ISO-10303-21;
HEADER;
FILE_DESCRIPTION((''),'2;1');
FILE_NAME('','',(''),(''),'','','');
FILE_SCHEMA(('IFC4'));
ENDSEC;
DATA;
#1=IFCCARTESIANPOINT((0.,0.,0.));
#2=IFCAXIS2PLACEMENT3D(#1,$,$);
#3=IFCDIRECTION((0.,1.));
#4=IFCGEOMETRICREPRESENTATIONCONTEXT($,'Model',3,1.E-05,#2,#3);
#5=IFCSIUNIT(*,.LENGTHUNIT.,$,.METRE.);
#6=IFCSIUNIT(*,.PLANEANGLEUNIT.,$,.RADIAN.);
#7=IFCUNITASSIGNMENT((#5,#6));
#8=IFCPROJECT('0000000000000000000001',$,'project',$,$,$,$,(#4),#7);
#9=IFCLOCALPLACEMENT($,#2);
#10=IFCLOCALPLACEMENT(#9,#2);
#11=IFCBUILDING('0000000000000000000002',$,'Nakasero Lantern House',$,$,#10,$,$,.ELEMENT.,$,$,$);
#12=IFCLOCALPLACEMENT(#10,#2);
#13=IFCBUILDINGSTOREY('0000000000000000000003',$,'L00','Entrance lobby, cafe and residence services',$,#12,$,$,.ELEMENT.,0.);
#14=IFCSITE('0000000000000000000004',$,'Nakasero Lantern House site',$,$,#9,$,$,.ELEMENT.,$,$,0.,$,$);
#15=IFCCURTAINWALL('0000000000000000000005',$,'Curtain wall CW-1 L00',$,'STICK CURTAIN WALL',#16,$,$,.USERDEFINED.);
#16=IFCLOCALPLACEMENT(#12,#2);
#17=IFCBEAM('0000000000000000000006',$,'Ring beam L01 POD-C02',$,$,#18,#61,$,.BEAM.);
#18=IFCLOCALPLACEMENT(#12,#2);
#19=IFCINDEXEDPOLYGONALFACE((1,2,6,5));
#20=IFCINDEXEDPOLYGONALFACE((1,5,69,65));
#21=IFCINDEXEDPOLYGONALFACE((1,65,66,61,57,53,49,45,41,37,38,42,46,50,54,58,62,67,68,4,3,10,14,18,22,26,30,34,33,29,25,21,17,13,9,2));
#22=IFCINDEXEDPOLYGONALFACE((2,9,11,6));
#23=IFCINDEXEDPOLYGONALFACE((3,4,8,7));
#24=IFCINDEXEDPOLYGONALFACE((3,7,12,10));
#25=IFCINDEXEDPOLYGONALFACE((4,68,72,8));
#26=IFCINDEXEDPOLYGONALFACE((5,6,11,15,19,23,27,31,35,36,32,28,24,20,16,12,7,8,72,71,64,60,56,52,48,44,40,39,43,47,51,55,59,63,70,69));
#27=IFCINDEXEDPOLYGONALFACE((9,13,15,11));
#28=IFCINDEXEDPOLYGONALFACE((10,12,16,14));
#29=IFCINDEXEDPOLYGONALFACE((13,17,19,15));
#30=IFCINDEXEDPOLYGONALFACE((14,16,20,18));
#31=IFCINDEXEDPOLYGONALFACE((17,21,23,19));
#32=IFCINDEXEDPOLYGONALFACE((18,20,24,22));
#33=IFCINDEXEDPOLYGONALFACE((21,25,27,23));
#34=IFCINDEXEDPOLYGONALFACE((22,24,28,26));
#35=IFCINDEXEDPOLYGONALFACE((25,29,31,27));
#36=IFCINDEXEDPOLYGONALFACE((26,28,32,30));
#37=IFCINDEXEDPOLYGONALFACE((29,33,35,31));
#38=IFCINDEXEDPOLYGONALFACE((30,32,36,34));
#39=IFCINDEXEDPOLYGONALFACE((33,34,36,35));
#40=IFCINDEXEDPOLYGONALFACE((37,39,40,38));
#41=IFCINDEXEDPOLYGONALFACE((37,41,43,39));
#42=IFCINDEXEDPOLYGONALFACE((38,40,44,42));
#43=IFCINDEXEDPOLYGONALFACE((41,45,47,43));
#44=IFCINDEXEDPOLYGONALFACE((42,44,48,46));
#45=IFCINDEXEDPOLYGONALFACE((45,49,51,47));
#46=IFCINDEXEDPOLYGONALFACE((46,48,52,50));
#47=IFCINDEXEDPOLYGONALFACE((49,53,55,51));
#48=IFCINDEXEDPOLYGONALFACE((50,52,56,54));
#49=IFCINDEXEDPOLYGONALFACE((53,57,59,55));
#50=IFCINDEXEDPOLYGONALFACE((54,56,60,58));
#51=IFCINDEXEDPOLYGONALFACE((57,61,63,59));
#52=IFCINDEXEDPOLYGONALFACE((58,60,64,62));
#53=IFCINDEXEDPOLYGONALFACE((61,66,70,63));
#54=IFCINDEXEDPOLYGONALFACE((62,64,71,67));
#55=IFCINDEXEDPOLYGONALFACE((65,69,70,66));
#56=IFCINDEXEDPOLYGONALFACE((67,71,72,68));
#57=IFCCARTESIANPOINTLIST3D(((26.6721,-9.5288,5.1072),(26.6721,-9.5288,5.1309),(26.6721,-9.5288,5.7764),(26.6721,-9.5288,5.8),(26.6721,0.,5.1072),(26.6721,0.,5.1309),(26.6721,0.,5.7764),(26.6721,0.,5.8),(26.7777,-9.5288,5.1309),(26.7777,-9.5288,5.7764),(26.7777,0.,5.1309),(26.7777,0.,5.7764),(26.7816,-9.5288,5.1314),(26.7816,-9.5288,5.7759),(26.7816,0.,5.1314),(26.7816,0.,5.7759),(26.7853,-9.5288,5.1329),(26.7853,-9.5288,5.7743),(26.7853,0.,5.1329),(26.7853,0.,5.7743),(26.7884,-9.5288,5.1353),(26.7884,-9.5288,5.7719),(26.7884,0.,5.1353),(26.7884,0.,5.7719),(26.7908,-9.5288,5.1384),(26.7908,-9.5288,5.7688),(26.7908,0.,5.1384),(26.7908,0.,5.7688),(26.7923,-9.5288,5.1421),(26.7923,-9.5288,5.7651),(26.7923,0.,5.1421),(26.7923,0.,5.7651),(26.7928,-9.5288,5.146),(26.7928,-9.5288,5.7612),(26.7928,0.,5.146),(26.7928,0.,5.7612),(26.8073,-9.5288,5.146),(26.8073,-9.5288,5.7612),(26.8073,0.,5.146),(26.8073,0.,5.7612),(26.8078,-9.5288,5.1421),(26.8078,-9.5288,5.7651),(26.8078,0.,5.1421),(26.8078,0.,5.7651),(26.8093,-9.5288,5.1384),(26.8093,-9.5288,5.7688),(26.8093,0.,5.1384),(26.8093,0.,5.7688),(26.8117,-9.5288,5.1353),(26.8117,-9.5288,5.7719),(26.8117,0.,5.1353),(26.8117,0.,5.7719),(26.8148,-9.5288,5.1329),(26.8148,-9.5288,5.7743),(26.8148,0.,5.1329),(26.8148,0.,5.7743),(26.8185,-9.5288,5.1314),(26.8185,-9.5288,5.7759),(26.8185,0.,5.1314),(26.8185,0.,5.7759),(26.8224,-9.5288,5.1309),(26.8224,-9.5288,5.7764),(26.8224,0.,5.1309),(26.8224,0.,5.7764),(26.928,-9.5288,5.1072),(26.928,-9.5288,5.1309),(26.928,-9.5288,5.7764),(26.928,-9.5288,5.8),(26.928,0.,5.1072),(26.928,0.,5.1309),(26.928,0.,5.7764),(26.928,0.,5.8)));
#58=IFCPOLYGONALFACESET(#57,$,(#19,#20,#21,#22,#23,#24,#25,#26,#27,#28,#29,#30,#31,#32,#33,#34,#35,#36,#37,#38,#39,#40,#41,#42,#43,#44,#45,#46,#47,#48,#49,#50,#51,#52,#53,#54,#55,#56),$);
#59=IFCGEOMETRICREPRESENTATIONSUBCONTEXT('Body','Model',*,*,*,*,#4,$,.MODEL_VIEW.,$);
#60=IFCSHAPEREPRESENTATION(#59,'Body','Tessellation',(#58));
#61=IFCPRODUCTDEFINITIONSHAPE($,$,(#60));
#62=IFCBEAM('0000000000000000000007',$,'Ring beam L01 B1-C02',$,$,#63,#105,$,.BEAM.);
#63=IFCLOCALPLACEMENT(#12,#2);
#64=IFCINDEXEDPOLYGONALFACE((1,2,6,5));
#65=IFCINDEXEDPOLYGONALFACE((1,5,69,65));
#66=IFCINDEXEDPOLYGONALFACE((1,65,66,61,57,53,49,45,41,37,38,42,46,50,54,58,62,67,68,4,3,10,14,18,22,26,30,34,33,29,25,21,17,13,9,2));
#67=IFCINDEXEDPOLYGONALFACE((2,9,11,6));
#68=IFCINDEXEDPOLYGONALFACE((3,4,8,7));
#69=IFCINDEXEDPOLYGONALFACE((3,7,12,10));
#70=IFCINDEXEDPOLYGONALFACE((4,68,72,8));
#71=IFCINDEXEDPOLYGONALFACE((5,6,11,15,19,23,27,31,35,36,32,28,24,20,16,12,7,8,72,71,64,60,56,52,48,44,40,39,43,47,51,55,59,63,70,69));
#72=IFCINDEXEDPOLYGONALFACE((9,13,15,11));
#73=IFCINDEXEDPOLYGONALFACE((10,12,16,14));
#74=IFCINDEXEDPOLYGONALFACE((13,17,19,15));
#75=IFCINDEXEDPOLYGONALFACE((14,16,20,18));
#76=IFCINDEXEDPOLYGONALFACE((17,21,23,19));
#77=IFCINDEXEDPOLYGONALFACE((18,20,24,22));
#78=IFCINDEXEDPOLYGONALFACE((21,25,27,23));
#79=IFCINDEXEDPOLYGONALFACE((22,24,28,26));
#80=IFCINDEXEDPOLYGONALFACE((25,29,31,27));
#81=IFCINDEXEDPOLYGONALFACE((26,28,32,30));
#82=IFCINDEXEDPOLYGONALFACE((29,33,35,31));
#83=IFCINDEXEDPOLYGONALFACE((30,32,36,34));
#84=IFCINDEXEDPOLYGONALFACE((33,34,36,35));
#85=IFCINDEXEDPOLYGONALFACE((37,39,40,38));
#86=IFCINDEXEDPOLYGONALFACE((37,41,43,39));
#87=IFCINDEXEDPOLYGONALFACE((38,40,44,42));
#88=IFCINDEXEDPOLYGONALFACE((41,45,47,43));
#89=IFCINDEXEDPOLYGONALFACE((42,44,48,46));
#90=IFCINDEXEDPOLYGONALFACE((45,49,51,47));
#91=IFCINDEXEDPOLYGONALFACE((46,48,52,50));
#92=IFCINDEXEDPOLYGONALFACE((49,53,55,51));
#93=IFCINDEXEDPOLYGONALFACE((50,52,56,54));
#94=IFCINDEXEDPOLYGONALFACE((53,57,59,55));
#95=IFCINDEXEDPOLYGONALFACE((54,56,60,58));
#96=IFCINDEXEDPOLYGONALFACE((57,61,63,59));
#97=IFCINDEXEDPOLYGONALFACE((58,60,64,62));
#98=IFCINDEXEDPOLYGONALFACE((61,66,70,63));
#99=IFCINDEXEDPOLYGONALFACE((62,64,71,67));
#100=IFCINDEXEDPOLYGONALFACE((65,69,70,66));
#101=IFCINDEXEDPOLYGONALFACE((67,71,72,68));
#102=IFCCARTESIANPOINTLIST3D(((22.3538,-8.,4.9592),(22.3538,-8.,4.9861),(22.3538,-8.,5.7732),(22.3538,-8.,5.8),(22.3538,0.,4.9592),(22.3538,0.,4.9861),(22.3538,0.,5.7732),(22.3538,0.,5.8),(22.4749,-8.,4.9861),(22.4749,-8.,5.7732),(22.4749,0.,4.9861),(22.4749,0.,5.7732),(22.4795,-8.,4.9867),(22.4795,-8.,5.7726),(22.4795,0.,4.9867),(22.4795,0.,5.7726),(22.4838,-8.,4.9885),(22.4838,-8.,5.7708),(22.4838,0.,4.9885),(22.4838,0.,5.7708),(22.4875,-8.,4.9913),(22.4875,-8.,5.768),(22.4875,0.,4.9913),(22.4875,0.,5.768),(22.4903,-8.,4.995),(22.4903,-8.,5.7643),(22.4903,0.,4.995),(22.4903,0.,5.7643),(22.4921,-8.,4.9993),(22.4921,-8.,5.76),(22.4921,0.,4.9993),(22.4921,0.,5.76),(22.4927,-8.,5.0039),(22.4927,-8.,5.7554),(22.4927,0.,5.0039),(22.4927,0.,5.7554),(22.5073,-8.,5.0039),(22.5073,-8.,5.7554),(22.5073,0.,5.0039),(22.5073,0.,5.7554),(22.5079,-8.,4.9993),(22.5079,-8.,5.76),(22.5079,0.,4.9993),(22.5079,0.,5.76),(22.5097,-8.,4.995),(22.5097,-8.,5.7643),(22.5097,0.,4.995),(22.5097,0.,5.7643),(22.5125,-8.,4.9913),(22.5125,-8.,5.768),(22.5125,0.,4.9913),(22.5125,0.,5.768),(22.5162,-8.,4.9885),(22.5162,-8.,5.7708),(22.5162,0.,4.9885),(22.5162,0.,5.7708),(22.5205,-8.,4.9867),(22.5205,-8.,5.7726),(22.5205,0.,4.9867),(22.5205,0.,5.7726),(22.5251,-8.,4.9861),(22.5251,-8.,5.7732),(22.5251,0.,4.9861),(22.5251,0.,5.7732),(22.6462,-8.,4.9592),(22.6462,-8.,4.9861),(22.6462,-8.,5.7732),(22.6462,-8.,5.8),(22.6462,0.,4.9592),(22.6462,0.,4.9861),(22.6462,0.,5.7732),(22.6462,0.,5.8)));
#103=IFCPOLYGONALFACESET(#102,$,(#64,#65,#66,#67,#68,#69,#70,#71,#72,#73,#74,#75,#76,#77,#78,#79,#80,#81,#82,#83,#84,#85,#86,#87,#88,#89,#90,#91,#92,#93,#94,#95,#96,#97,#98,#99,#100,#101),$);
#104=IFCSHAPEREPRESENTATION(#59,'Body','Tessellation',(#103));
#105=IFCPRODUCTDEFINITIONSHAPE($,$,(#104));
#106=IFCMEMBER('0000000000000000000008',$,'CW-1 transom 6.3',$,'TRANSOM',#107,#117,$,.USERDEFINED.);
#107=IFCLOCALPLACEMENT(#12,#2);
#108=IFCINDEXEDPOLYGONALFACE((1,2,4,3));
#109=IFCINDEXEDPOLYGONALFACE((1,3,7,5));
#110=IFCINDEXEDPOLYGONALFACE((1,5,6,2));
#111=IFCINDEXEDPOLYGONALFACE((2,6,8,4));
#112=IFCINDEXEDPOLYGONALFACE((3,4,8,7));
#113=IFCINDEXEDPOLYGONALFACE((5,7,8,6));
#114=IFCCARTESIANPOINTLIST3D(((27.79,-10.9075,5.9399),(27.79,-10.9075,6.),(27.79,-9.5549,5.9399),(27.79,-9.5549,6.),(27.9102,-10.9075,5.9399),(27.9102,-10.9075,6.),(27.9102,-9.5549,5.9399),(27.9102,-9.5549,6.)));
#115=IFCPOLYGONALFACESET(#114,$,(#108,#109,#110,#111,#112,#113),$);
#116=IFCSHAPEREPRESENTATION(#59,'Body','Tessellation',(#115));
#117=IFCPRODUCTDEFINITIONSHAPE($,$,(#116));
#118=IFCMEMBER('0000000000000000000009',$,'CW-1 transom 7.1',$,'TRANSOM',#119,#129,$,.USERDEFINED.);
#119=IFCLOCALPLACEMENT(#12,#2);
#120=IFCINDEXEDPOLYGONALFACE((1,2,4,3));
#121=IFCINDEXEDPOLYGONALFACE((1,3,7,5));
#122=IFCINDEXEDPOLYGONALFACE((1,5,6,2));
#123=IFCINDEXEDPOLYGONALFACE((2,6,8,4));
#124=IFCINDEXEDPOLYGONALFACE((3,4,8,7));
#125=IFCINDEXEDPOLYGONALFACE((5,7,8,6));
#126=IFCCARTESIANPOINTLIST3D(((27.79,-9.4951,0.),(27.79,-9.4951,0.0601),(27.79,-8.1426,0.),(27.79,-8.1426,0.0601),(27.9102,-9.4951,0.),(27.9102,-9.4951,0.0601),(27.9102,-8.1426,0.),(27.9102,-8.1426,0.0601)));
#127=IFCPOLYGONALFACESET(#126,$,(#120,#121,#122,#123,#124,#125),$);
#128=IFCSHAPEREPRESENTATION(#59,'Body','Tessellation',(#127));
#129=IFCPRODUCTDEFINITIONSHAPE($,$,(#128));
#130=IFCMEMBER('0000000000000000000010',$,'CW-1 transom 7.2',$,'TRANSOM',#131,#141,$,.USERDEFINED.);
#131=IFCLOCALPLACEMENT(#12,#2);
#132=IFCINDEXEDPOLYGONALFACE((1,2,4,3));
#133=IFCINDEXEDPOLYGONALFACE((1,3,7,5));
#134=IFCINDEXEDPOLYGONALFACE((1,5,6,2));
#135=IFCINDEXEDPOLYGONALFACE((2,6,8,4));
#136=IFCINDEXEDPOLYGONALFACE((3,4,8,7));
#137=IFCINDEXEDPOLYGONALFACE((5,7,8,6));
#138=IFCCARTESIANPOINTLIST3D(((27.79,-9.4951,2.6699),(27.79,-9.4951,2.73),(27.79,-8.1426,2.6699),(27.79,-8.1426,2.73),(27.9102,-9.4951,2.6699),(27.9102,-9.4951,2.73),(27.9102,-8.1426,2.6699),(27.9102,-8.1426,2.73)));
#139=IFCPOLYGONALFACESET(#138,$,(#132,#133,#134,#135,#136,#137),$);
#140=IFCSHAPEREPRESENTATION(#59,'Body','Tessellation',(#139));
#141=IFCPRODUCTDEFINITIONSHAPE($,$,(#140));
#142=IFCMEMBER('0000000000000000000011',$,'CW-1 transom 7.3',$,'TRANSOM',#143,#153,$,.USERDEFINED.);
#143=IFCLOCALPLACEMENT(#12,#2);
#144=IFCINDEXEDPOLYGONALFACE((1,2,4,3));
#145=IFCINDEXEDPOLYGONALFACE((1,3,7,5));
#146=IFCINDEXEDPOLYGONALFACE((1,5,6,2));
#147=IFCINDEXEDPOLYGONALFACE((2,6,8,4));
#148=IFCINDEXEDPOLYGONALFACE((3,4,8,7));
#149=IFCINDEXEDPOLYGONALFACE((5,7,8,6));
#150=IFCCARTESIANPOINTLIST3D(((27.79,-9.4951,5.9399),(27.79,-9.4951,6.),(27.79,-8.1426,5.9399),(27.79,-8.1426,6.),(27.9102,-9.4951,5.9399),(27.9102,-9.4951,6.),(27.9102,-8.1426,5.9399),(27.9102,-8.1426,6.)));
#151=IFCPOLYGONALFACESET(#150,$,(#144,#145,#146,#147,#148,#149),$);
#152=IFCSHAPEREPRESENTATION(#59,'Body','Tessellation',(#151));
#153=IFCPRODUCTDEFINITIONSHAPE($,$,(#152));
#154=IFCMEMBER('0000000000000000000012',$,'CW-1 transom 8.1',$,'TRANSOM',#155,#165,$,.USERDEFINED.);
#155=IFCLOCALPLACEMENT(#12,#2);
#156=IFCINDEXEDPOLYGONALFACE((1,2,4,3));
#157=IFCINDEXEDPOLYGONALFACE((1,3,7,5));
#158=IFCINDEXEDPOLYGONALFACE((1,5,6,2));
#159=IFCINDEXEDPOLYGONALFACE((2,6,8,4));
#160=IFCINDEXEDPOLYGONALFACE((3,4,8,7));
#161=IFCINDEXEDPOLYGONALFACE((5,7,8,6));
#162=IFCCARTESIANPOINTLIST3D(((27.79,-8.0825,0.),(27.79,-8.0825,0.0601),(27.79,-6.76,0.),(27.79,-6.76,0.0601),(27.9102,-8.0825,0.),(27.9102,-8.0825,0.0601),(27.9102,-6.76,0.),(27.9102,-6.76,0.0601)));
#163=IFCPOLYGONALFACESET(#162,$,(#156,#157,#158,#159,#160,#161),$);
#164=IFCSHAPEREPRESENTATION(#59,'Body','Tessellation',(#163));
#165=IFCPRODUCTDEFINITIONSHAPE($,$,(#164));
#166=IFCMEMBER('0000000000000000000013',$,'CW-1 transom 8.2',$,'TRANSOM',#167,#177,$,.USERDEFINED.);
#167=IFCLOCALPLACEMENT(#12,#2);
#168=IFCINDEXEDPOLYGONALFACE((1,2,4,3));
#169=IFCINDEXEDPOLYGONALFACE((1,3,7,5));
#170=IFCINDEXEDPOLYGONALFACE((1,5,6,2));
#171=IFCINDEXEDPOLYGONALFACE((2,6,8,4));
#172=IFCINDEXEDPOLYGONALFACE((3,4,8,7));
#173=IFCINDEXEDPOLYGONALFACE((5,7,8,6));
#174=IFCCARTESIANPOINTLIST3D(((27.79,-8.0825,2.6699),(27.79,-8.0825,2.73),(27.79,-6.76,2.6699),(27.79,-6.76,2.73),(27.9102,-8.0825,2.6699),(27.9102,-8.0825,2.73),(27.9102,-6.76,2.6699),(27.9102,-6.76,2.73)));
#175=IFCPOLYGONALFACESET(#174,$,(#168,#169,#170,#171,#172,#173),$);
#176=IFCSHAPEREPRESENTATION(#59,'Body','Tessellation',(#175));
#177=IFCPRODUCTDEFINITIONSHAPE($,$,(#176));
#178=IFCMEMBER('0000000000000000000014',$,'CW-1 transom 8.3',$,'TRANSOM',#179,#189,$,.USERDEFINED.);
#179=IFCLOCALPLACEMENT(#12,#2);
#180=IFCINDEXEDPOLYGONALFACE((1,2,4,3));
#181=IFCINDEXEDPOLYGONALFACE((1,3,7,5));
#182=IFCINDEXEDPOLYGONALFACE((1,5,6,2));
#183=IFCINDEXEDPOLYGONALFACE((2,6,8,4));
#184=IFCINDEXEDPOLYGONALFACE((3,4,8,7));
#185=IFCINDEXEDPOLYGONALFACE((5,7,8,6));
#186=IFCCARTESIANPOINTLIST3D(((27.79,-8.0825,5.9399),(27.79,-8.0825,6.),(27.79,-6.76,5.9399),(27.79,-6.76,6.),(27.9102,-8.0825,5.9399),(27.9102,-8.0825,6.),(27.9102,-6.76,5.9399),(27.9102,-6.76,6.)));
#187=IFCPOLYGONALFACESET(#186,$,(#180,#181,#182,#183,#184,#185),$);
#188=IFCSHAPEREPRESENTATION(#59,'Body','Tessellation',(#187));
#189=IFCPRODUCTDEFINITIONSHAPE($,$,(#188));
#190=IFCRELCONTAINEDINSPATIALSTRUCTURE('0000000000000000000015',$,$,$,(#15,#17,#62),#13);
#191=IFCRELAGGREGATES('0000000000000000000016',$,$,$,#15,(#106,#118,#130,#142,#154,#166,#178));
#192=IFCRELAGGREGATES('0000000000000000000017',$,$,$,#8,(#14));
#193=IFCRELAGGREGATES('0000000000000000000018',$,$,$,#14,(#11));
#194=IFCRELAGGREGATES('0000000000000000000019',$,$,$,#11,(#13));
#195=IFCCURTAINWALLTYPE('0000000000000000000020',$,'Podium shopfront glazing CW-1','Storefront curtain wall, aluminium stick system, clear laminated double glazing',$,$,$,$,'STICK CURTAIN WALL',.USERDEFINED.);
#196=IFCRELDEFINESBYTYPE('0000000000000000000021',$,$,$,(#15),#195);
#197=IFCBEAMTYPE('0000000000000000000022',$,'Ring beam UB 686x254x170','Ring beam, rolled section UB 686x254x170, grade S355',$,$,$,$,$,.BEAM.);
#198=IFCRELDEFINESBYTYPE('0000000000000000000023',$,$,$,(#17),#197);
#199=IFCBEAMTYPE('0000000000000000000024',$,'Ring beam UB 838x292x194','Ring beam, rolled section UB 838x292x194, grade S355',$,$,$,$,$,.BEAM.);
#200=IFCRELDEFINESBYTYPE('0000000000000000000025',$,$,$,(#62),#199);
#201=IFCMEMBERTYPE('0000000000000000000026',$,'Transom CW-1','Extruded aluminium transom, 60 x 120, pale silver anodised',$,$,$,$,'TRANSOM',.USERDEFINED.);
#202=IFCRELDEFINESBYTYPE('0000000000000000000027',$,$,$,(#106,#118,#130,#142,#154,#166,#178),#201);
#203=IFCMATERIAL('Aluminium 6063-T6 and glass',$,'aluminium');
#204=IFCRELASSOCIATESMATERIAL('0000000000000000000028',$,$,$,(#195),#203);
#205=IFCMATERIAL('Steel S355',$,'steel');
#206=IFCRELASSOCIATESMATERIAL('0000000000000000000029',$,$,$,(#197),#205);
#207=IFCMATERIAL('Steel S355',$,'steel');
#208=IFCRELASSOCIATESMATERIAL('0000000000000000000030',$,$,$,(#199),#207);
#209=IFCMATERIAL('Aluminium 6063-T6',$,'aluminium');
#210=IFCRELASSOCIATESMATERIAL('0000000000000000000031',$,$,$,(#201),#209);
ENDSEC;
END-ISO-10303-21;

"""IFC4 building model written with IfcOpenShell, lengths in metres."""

from ifc_helpers import new_model, si_unit, direction, frame, origin, origin_2d, place, context, subcontext, project, spatial, rectangle, i_section, extrude, material, material_profile, profile_set, type_object, element, aggregate, save


model = new_model("IFC4")

# Units and contexts
model_context = context("Model", 3, precision=1e-05, world=origin(), true_north=direction((0.0, 1.0)))
body_context = subcontext(model_context, "Body", "Model", "MODEL_VIEW")
ifc_project = project(units=[si_unit("LENGTHUNIT", "METRE"), si_unit("PLANEANGLEUNIT", "RADIAN")], contexts=[model_context])

# Site, building, storey
site_placement = place(None, origin())
site = spatial("IfcSite", under=ifc_project, at=site_placement, Name="Nakasero Lantern House site", CompositionType="ELEMENT", RefElevation=0.0)
building_placement = place(site_placement, origin())
building = spatial("IfcBuilding", under=site, at=building_placement, Name="Nakasero Lantern House", CompositionType="ELEMENT")
storey_placement = place(building_placement, origin())
storey = spatial("IfcBuildingStorey", under=building, at=storey_placement, Name="L00", Description="Entrance lobby, cafe and residence services", CompositionType="ELEMENT", Elevation=0.0)

# Curtain wall
ifc_material_1 = material(Name="Aluminium 6063-T6 and glass", Category="aluminium")
curtain_wall_type = type_object("IfcCurtainWallType", Name="Podium shopfront glazing CW-1", Description="Storefront curtain wall, aluminium stick system, clear laminated double glazing", ElementType="STICK CURTAIN WALL", PredefinedType="USERDEFINED", material=ifc_material_1)
curtain_wall_1_placement = place(storey_placement, origin())
curtain_wall_1 = element("IfcCurtainWall", 1, at=curtain_wall_1_placement, inside=storey, type_object=curtain_wall_type, Name="Curtain wall CW-1 L00", ObjectType="STICK CURTAIN WALL", PredefinedType="USERDEFINED")

# Beams
ifc_material_2 = material(Name="Steel S355", Category="steel")
ifc_material_profile_1 = material_profile(ifc_material_2, i_section(OverallWidth=0.2559, OverallDepth=0.6929, WebThickness=0.0144, FlangeThickness=0.0237, FilletRadius=0.0151, at=origin_2d()), Name="UB 686x254x170")
ifc_profile_set_1 = profile_set([ifc_material_profile_1], Name="Steel S355")
beam_type_1 = type_object("IfcBeamType", Name="Ring beam UB 686x254x170", Description="Ring beam, rolled section UB 686x254x170, grade S355", PredefinedType="BEAM", material=ifc_profile_set_1)
beam_1_placement = place(storey_placement, frame((26.8, -9.5288, 5.4536), z_axis=(0.0, 1.0, 0.0), x_axis=(-1.0, 0.0, 0.0)))
element("IfcBeam", 2, at=beam_1_placement, inside=storey, type_object=beam_type_1, Name="Ring beam L01 POD-C02", PredefinedType="BEAM", context=body_context, shape_type="SweptSolid", body=[
    extrude(i_section(OverallWidth=0.2559, OverallDepth=0.6929, WebThickness=0.0144, FlangeThickness=0.0237, FilletRadius=0.0151, at=origin_2d()), origin(), (0.0, 0.0, 1.0), 9.5288),
])
ifc_material_3 = material(Name="Steel S355", Category="steel")
ifc_material_profile_2 = material_profile(ifc_material_3, i_section(OverallWidth=0.2925, OverallDepth=0.8408, WebThickness=0.0146, FlangeThickness=0.0269, FilletRadius=0.0178, at=origin_2d()), Name="UB 838x292x194")
ifc_profile_set_2 = profile_set([ifc_material_profile_2], Name="Steel S355")
beam_type_2 = type_object("IfcBeamType", Name="Ring beam UB 838x292x194", Description="Ring beam, rolled section UB 838x292x194, grade S355", PredefinedType="BEAM", material=ifc_profile_set_2)
beam_2_placement = place(storey_placement, frame((22.5, -8.0, 5.3796), z_axis=(0.0, 1.0, 0.0), x_axis=(-1.0, 0.0, 0.0)))
element("IfcBeam", 3, at=beam_2_placement, inside=storey, type_object=beam_type_2, Name="Ring beam L01 B1-C02", PredefinedType="BEAM", context=body_context, shape_type="SweptSolid", body=[
    extrude(i_section(OverallWidth=0.2925, OverallDepth=0.8408, WebThickness=0.0146, FlangeThickness=0.0269, FilletRadius=0.0178, at=origin_2d()), origin(), (0.0, 0.0, 1.0), 8.0),
])

# Members
ifc_material_4 = material(Name="Aluminium 6063-T6", Category="aluminium")
ifc_material_profile_3 = material_profile(ifc_material_4, rectangle(XDim=0.0601, YDim=0.1201, at=origin_2d()), Name="CW-1 transom 60x120")
ifc_profile_set_3 = profile_set([ifc_material_profile_3], Name="Aluminium 6063-T6")
member_type_1 = type_object("IfcMemberType", Name="Transom CW-1", Description="Extruded aluminium transom, 60 x 120, pale silver anodised", ElementType="TRANSOM", PredefinedType="USERDEFINED", material=ifc_profile_set_3)
member_1_placement = place(storey_placement, frame((27.8501, -10.9075, 5.97), z_axis=(0.0, 1.0, 0.0), x_axis=(0.0, 0.0, 1.0)))
member_1 = element("IfcMember", 4, at=member_1_placement, type_object=member_type_1, Name="CW-1 transom 6.3", ObjectType="TRANSOM", PredefinedType="USERDEFINED", context=body_context, shape_type="SweptSolid", body=[
    extrude(rectangle(XDim=0.0601, YDim=0.1201, at=origin_2d()), origin(), (0.0, 0.0, 1.0), 1.3525),
])
member_2_placement = place(storey_placement, frame((27.8501, -9.4951, 0.03), z_axis=(0.0, 1.0, 0.0), x_axis=(0.0, 0.0, 1.0)))
member_2 = element("IfcMember", 5, at=member_2_placement, type_object=member_type_1, Name="CW-1 transom 7.1", ObjectType="TRANSOM", PredefinedType="USERDEFINED", context=body_context, shape_type="SweptSolid", body=[
    extrude(rectangle(XDim=0.0601, YDim=0.1201, at=origin_2d()), origin(), (0.0, 0.0, 1.0), 1.3525),
])
member_3_placement = place(storey_placement, frame((27.8501, -9.4951, 2.7), z_axis=(0.0, 1.0, 0.0), x_axis=(0.0, 0.0, 1.0)))
member_3 = element("IfcMember", 6, at=member_3_placement, type_object=member_type_1, Name="CW-1 transom 7.2", ObjectType="TRANSOM", PredefinedType="USERDEFINED", context=body_context, shape_type="SweptSolid", body=[
    extrude(rectangle(XDim=0.0601, YDim=0.1201, at=origin_2d()), origin(), (0.0, 0.0, 1.0), 1.3525),
])
member_4_placement = place(storey_placement, frame((27.8501, -9.4951, 5.97), z_axis=(0.0, 1.0, 0.0), x_axis=(0.0, 0.0, 1.0)))
member_4 = element("IfcMember", 7, at=member_4_placement, type_object=member_type_1, Name="CW-1 transom 7.3", ObjectType="TRANSOM", PredefinedType="USERDEFINED", context=body_context, shape_type="SweptSolid", body=[
    extrude(rectangle(XDim=0.0601, YDim=0.1201, at=origin_2d()), origin(), (0.0, 0.0, 1.0), 1.3525),
])
member_5_placement = place(storey_placement, frame((27.8501, -8.0825, 0.03), z_axis=(0.0, 1.0, 0.0), x_axis=(0.0, 0.0, 1.0)))
member_5 = element("IfcMember", 8, at=member_5_placement, type_object=member_type_1, Name="CW-1 transom 8.1", ObjectType="TRANSOM", PredefinedType="USERDEFINED", context=body_context, shape_type="SweptSolid", body=[
    extrude(rectangle(XDim=0.0601, YDim=0.1201, at=origin_2d()), origin(), (0.0, 0.0, 1.0), 1.3225),
])
member_6_placement = place(storey_placement, frame((27.8501, -8.0825, 2.7), z_axis=(0.0, 1.0, 0.0), x_axis=(0.0, 0.0, 1.0)))
member_6 = element("IfcMember", 9, at=member_6_placement, type_object=member_type_1, Name="CW-1 transom 8.2", ObjectType="TRANSOM", PredefinedType="USERDEFINED", context=body_context, shape_type="SweptSolid", body=[
    extrude(rectangle(XDim=0.0601, YDim=0.1201, at=origin_2d()), origin(), (0.0, 0.0, 1.0), 1.3225),
])
member_7_placement = place(storey_placement, frame((27.8501, -8.0825, 5.97), z_axis=(0.0, 1.0, 0.0), x_axis=(0.0, 0.0, 1.0)))
member_7 = element("IfcMember", 10, at=member_7_placement, type_object=member_type_1, Name="CW-1 transom 8.3", ObjectType="TRANSOM", PredefinedType="USERDEFINED", context=body_context, shape_type="SweptSolid", body=[
    extrude(rectangle(XDim=0.0601, YDim=0.1201, at=origin_2d()), origin(), (0.0, 0.0, 1.0), 1.3225),
])

aggregate(curtain_wall_1, [member_1, member_2, member_3, member_4, member_5, member_6, member_7])

save(model, "model.ifc")
